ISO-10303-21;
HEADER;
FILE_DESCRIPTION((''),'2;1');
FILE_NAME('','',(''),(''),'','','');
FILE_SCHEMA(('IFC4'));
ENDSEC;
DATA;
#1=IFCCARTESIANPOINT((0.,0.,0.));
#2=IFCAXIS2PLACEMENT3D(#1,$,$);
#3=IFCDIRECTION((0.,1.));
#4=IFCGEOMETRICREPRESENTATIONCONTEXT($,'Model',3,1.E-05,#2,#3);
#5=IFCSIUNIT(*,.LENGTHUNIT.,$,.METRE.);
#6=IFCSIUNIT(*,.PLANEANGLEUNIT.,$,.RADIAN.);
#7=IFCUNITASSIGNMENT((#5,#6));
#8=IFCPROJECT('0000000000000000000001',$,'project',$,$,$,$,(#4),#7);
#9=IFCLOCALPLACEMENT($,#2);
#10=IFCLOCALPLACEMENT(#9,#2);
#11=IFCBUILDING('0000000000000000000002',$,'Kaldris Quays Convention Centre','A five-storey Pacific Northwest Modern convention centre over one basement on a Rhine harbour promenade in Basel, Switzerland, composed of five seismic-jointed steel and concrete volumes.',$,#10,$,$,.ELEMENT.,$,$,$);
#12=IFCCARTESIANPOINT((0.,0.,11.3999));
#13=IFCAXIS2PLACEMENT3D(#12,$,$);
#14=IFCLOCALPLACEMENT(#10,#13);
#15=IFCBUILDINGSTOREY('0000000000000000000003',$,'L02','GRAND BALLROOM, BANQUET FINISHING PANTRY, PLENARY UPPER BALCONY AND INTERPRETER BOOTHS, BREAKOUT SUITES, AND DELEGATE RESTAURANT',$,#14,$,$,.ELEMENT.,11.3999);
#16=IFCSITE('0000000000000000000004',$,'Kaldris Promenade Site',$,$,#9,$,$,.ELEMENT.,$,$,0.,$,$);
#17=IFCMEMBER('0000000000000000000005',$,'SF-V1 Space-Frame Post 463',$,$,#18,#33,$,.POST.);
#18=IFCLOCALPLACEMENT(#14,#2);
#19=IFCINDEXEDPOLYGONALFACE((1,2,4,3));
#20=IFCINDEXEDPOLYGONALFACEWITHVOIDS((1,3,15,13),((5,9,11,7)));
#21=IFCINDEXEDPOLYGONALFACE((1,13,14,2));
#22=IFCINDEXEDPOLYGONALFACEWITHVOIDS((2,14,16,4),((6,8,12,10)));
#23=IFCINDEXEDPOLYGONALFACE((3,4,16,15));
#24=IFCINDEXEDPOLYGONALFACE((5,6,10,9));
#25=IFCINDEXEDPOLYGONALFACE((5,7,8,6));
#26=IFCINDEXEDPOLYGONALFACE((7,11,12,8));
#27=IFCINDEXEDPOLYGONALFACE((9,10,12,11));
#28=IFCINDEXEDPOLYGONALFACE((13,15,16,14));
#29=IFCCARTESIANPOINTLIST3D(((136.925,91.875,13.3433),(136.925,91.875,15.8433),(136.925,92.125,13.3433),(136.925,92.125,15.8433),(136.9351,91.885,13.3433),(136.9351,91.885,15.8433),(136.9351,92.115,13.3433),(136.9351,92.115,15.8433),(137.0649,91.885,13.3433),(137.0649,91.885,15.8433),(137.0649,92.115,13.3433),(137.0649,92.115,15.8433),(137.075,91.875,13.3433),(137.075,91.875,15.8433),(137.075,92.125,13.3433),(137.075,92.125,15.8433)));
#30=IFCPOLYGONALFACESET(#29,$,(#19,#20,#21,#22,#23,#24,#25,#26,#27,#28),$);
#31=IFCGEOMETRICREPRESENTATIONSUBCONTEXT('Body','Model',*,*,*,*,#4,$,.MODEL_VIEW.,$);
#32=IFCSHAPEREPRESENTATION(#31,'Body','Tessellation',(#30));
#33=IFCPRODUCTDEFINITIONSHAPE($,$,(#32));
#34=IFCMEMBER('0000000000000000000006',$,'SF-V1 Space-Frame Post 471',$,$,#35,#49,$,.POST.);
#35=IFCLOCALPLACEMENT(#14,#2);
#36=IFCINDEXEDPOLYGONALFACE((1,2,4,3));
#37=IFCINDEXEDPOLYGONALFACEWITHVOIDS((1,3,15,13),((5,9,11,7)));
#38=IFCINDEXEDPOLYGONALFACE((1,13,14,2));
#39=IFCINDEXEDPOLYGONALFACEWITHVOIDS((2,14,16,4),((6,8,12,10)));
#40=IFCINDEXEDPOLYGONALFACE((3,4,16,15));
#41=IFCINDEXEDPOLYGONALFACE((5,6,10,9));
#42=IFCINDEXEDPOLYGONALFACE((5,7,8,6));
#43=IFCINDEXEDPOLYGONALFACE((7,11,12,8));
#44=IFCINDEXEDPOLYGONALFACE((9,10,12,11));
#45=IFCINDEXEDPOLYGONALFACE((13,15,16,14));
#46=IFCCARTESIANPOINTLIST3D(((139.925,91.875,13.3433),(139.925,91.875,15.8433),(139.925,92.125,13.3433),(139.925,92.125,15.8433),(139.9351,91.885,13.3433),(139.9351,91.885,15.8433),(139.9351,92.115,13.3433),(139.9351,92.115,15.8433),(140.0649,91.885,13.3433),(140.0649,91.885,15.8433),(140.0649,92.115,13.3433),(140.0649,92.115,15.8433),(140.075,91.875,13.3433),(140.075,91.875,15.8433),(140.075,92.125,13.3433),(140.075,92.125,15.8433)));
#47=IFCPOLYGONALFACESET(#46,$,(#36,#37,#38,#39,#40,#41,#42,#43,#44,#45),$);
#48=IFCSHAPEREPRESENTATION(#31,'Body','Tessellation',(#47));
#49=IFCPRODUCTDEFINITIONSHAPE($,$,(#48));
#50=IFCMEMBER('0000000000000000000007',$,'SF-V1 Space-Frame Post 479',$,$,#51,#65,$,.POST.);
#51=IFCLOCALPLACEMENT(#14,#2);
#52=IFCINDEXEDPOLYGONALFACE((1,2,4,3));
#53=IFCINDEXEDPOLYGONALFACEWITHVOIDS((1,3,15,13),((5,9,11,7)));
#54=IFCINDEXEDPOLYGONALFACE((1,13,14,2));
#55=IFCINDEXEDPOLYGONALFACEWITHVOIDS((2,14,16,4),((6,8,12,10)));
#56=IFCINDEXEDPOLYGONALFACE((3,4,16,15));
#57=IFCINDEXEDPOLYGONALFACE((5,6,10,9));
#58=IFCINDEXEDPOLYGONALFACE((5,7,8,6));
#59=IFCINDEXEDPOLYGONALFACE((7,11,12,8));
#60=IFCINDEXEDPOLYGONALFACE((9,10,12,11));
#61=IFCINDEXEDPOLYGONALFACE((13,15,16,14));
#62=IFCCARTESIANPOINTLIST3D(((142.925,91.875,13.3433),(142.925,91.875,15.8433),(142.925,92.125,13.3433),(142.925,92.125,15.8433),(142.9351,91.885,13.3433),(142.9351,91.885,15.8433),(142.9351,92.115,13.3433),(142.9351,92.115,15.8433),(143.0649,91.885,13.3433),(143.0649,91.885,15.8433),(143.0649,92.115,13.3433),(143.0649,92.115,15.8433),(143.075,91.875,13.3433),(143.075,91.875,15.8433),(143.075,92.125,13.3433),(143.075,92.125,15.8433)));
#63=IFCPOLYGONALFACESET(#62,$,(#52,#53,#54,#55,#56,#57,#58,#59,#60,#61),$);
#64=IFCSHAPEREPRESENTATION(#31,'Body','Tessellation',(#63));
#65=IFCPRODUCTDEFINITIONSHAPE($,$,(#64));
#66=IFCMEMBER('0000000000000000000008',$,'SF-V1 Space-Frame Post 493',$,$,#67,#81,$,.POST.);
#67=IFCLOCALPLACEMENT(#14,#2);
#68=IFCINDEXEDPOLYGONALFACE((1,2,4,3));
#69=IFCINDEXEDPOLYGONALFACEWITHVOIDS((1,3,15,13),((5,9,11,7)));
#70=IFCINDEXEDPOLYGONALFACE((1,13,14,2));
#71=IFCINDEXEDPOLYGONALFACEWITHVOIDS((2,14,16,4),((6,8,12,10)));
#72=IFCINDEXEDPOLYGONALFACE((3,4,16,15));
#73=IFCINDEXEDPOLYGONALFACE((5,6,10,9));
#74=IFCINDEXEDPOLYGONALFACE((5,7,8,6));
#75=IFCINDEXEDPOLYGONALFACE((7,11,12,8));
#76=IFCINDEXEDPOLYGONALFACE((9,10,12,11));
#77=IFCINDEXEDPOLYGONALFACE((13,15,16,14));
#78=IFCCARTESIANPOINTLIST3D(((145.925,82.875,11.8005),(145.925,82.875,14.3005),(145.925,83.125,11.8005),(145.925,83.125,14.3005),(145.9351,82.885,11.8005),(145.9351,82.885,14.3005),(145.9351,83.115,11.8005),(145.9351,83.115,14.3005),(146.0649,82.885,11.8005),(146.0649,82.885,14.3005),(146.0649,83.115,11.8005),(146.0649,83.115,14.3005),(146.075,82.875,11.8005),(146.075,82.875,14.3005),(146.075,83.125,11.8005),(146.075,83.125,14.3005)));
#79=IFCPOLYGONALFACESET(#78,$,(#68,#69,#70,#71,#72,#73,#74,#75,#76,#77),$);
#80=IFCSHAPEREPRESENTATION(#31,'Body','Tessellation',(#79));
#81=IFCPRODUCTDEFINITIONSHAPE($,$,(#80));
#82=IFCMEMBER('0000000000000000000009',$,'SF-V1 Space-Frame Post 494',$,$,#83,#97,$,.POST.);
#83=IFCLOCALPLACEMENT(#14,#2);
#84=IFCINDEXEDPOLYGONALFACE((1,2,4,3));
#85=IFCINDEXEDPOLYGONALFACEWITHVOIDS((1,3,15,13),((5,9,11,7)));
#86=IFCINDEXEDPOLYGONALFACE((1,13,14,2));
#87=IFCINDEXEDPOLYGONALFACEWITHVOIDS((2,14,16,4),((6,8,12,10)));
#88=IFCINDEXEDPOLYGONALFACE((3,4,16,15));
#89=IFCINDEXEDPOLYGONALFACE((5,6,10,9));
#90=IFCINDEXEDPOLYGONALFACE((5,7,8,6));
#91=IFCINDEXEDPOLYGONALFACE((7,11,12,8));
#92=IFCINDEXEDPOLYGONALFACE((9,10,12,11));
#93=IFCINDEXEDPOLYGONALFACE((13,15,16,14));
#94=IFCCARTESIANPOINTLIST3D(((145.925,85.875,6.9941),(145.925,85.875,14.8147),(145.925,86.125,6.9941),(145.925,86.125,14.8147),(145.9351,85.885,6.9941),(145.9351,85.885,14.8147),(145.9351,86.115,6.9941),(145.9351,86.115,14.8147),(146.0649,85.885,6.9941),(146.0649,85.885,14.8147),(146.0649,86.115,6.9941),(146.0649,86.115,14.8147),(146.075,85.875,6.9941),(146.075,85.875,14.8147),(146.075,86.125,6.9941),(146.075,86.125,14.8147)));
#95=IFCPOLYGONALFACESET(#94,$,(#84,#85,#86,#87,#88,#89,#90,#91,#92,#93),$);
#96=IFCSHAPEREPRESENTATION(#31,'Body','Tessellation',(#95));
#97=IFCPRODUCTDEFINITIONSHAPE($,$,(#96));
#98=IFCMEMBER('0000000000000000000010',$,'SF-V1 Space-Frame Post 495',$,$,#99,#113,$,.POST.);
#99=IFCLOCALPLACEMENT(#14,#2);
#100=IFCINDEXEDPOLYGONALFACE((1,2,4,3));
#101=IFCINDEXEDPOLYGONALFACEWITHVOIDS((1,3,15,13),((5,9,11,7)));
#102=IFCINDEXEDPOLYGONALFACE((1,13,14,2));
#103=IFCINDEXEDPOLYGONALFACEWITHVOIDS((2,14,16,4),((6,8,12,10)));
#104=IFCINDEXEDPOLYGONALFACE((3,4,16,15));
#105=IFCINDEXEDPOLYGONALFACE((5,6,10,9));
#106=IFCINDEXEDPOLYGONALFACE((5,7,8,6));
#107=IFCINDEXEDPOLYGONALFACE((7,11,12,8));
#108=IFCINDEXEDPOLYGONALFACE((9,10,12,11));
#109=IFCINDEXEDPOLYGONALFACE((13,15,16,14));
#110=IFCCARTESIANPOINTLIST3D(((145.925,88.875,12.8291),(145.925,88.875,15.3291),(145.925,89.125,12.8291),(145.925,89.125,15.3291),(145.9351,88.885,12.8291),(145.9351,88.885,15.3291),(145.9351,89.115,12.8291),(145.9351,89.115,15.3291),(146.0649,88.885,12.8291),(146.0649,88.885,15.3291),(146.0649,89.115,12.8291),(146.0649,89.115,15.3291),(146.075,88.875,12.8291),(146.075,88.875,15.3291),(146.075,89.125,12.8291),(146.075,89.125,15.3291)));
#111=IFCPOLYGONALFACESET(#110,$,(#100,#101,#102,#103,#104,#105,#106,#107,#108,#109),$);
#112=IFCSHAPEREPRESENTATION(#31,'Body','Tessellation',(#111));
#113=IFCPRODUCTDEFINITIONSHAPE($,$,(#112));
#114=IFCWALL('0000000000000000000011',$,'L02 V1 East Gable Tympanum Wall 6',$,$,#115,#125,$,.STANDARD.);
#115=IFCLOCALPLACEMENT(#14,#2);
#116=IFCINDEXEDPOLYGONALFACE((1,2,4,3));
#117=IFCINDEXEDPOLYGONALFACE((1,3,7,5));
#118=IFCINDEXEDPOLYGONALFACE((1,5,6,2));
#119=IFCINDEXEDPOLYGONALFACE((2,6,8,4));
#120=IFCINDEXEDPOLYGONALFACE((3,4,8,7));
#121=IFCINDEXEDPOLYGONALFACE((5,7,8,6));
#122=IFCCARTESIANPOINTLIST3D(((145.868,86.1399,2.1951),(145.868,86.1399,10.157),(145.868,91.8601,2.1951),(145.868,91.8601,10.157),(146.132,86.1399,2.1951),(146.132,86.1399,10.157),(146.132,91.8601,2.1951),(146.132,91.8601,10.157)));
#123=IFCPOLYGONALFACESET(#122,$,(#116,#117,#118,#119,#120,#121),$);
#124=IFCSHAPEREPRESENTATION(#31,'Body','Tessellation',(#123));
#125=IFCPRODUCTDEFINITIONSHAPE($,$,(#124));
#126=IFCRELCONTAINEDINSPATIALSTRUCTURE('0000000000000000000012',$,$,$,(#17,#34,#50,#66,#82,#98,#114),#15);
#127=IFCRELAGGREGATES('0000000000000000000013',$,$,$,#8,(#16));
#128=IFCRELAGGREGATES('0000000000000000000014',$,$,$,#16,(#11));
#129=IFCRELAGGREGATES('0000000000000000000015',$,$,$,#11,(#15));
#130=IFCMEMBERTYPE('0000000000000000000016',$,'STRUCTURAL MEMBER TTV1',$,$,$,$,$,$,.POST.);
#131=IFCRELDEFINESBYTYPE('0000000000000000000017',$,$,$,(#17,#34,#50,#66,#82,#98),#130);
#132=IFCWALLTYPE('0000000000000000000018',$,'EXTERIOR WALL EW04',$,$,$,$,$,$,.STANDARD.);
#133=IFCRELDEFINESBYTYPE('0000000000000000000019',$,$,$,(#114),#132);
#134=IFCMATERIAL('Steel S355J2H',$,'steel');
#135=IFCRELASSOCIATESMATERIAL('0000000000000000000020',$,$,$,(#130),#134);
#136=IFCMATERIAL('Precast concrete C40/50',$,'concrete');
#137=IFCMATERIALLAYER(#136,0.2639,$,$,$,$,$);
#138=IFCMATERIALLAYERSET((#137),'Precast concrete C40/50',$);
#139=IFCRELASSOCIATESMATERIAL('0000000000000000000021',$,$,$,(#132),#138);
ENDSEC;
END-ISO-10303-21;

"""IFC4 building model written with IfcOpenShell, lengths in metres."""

from ifc_helpers import new_model, si_unit, direction, frame, frame_2d, origin, origin_2d, place, context, subcontext, project, spatial, rectangle, hollow_rectangle, extrude, material, layer, layer_set, material_profile, profile_set, type_object, element, save


model = new_model("IFC4")

# Units and contexts
model_context = context("Model", 3, precision=1e-05, world=origin(), true_north=direction((0.0, 1.0)))
body_context = subcontext(model_context, "Body", "Model", "MODEL_VIEW")
ifc_project = project(units=[si_unit("LENGTHUNIT", "METRE"), si_unit("PLANEANGLEUNIT", "RADIAN")], contexts=[model_context])

# Site, building, storey
site_placement = place(None, origin())
site = spatial("IfcSite", under=ifc_project, at=site_placement, Name="Kaldris Promenade Site", CompositionType="ELEMENT", RefElevation=0.0)
building_placement = place(site_placement, origin())
building = spatial("IfcBuilding", under=site, at=building_placement, Name="Kaldris Quays Convention Centre", Description="A five-storey Pacific Northwest Modern convention centre over one basement on a Rhine harbour promenade in Basel, Switzerland, composed of five seismic-jointed steel and concrete volumes.", CompositionType="ELEMENT")
storey_placement = place(building_placement, frame((0.0, 0.0, 11.3999)))
storey = spatial("IfcBuildingStorey", under=building, at=storey_placement, Name="L02", Description="GRAND BALLROOM, BANQUET FINISHING PANTRY, PLENARY UPPER BALCONY AND INTERPRETER BOOTHS, BREAKOUT SUITES, AND DELEGATE RESTAURANT", CompositionType="ELEMENT", Elevation=11.3999)

# Members
ifc_material_1 = material(Name="Steel S355J2H", Category="steel")
ifc_material_profile_1 = material_profile(ifc_material_1, hollow_rectangle(XDim=0.1499, YDim=0.25, WallThickness=0.01, at=origin_2d()), Name="RHS 250x150x10")
ifc_profile_set_1 = profile_set([ifc_material_profile_1], Name="Steel S355J2H")
member_type_1 = type_object("IfcMemberType", Name="STRUCTURAL MEMBER TTV1", PredefinedType="POST", material=ifc_profile_set_1)
for number, where, z_axis, x_axis, name in (
    (1, (137.0, 92.0, 13.3433), (0.0, 0.0, 1.0), (1.0, 0.0, 0.0), "SF-V1 Space-Frame Post 463"),
    (2, (140.0, 92.0, 13.3433), (0.0, 0.0, 1.0), (1.0, 0.0, 0.0), "SF-V1 Space-Frame Post 471"),
    (3, (143.0, 92.0, 13.3433), (0.0, 0.0, 1.0), (1.0, 0.0, 0.0), "SF-V1 Space-Frame Post 479"),
    (4, (146.0, 83.0, 11.8005), (0.0, 0.0, 1.0), (1.0, 0.0, 0.0), "SF-V1 Space-Frame Post 493"),
):
    element("IfcMember", number, at=place(storey_placement, frame(where, z_axis=z_axis, x_axis=x_axis)), inside=storey, type_object=member_type_1, Name=name, PredefinedType="POST", context=body_context, shape_type="SweptSolid", body=[
        extrude(hollow_rectangle(XDim=0.1499, YDim=0.25, WallThickness=0.01, at=origin_2d()), origin(), (0.0, 0.0, 1.0), 2.5),
    ])
member_1_placement = place(storey_placement, frame((146.0, 86.0, 6.9941), z_axis=(0.0, 0.0, 1.0), x_axis=(1.0, 0.0, 0.0)))
element("IfcMember", 5, at=member_1_placement, inside=storey, type_object=member_type_1, Name="SF-V1 Space-Frame Post 494", PredefinedType="POST", context=body_context, shape_type="SweptSolid", body=[
    extrude(hollow_rectangle(XDim=0.1499, YDim=0.25, WallThickness=0.01, at=origin_2d()), origin(), (0.0, 0.0, 1.0), 7.8206),
])
member_2_placement = place(storey_placement, frame((146.0, 89.0, 12.8291), z_axis=(0.0, 0.0, 1.0), x_axis=(1.0, 0.0, 0.0)))
element("IfcMember", 6, at=member_2_placement, inside=storey, type_object=member_type_1, Name="SF-V1 Space-Frame Post 495", PredefinedType="POST", context=body_context, shape_type="SweptSolid", body=[
    extrude(hollow_rectangle(XDim=0.1499, YDim=0.25, WallThickness=0.01, at=origin_2d()), origin(), (0.0, 0.0, 1.0), 2.5),
])

# Wall
ifc_material_2 = material(Name="Precast concrete C40/50", Category="concrete")
ifc_layer = layer(ifc_material_2, 0.2639)
ifc_layer_set = layer_set([ifc_layer], Name="Precast concrete C40/50")
wall_type = type_object("IfcWallType", Name="EXTERIOR WALL EW04", PredefinedType="STANDARD", material=ifc_layer_set)
wall_placement = place(storey_placement, frame((146.0, 86.1399, 2.1951), z_axis=(0.0, 0.0, 1.0), x_axis=(0.0, 1.0, 0.0)))
element("IfcWall", 7, at=wall_placement, inside=storey, type_object=wall_type, Name="L02 V1 East Gable Tympanum Wall 6", PredefinedType="STANDARD", context=body_context, shape_type="SweptSolid", body=[
    extrude(rectangle(XDim=5.7202, YDim=0.2639, at=frame_2d((2.8601, 0.0))), origin(), (0.0, 0.0, 1.0), 7.9619),
])

save(model, "model.ifc")
